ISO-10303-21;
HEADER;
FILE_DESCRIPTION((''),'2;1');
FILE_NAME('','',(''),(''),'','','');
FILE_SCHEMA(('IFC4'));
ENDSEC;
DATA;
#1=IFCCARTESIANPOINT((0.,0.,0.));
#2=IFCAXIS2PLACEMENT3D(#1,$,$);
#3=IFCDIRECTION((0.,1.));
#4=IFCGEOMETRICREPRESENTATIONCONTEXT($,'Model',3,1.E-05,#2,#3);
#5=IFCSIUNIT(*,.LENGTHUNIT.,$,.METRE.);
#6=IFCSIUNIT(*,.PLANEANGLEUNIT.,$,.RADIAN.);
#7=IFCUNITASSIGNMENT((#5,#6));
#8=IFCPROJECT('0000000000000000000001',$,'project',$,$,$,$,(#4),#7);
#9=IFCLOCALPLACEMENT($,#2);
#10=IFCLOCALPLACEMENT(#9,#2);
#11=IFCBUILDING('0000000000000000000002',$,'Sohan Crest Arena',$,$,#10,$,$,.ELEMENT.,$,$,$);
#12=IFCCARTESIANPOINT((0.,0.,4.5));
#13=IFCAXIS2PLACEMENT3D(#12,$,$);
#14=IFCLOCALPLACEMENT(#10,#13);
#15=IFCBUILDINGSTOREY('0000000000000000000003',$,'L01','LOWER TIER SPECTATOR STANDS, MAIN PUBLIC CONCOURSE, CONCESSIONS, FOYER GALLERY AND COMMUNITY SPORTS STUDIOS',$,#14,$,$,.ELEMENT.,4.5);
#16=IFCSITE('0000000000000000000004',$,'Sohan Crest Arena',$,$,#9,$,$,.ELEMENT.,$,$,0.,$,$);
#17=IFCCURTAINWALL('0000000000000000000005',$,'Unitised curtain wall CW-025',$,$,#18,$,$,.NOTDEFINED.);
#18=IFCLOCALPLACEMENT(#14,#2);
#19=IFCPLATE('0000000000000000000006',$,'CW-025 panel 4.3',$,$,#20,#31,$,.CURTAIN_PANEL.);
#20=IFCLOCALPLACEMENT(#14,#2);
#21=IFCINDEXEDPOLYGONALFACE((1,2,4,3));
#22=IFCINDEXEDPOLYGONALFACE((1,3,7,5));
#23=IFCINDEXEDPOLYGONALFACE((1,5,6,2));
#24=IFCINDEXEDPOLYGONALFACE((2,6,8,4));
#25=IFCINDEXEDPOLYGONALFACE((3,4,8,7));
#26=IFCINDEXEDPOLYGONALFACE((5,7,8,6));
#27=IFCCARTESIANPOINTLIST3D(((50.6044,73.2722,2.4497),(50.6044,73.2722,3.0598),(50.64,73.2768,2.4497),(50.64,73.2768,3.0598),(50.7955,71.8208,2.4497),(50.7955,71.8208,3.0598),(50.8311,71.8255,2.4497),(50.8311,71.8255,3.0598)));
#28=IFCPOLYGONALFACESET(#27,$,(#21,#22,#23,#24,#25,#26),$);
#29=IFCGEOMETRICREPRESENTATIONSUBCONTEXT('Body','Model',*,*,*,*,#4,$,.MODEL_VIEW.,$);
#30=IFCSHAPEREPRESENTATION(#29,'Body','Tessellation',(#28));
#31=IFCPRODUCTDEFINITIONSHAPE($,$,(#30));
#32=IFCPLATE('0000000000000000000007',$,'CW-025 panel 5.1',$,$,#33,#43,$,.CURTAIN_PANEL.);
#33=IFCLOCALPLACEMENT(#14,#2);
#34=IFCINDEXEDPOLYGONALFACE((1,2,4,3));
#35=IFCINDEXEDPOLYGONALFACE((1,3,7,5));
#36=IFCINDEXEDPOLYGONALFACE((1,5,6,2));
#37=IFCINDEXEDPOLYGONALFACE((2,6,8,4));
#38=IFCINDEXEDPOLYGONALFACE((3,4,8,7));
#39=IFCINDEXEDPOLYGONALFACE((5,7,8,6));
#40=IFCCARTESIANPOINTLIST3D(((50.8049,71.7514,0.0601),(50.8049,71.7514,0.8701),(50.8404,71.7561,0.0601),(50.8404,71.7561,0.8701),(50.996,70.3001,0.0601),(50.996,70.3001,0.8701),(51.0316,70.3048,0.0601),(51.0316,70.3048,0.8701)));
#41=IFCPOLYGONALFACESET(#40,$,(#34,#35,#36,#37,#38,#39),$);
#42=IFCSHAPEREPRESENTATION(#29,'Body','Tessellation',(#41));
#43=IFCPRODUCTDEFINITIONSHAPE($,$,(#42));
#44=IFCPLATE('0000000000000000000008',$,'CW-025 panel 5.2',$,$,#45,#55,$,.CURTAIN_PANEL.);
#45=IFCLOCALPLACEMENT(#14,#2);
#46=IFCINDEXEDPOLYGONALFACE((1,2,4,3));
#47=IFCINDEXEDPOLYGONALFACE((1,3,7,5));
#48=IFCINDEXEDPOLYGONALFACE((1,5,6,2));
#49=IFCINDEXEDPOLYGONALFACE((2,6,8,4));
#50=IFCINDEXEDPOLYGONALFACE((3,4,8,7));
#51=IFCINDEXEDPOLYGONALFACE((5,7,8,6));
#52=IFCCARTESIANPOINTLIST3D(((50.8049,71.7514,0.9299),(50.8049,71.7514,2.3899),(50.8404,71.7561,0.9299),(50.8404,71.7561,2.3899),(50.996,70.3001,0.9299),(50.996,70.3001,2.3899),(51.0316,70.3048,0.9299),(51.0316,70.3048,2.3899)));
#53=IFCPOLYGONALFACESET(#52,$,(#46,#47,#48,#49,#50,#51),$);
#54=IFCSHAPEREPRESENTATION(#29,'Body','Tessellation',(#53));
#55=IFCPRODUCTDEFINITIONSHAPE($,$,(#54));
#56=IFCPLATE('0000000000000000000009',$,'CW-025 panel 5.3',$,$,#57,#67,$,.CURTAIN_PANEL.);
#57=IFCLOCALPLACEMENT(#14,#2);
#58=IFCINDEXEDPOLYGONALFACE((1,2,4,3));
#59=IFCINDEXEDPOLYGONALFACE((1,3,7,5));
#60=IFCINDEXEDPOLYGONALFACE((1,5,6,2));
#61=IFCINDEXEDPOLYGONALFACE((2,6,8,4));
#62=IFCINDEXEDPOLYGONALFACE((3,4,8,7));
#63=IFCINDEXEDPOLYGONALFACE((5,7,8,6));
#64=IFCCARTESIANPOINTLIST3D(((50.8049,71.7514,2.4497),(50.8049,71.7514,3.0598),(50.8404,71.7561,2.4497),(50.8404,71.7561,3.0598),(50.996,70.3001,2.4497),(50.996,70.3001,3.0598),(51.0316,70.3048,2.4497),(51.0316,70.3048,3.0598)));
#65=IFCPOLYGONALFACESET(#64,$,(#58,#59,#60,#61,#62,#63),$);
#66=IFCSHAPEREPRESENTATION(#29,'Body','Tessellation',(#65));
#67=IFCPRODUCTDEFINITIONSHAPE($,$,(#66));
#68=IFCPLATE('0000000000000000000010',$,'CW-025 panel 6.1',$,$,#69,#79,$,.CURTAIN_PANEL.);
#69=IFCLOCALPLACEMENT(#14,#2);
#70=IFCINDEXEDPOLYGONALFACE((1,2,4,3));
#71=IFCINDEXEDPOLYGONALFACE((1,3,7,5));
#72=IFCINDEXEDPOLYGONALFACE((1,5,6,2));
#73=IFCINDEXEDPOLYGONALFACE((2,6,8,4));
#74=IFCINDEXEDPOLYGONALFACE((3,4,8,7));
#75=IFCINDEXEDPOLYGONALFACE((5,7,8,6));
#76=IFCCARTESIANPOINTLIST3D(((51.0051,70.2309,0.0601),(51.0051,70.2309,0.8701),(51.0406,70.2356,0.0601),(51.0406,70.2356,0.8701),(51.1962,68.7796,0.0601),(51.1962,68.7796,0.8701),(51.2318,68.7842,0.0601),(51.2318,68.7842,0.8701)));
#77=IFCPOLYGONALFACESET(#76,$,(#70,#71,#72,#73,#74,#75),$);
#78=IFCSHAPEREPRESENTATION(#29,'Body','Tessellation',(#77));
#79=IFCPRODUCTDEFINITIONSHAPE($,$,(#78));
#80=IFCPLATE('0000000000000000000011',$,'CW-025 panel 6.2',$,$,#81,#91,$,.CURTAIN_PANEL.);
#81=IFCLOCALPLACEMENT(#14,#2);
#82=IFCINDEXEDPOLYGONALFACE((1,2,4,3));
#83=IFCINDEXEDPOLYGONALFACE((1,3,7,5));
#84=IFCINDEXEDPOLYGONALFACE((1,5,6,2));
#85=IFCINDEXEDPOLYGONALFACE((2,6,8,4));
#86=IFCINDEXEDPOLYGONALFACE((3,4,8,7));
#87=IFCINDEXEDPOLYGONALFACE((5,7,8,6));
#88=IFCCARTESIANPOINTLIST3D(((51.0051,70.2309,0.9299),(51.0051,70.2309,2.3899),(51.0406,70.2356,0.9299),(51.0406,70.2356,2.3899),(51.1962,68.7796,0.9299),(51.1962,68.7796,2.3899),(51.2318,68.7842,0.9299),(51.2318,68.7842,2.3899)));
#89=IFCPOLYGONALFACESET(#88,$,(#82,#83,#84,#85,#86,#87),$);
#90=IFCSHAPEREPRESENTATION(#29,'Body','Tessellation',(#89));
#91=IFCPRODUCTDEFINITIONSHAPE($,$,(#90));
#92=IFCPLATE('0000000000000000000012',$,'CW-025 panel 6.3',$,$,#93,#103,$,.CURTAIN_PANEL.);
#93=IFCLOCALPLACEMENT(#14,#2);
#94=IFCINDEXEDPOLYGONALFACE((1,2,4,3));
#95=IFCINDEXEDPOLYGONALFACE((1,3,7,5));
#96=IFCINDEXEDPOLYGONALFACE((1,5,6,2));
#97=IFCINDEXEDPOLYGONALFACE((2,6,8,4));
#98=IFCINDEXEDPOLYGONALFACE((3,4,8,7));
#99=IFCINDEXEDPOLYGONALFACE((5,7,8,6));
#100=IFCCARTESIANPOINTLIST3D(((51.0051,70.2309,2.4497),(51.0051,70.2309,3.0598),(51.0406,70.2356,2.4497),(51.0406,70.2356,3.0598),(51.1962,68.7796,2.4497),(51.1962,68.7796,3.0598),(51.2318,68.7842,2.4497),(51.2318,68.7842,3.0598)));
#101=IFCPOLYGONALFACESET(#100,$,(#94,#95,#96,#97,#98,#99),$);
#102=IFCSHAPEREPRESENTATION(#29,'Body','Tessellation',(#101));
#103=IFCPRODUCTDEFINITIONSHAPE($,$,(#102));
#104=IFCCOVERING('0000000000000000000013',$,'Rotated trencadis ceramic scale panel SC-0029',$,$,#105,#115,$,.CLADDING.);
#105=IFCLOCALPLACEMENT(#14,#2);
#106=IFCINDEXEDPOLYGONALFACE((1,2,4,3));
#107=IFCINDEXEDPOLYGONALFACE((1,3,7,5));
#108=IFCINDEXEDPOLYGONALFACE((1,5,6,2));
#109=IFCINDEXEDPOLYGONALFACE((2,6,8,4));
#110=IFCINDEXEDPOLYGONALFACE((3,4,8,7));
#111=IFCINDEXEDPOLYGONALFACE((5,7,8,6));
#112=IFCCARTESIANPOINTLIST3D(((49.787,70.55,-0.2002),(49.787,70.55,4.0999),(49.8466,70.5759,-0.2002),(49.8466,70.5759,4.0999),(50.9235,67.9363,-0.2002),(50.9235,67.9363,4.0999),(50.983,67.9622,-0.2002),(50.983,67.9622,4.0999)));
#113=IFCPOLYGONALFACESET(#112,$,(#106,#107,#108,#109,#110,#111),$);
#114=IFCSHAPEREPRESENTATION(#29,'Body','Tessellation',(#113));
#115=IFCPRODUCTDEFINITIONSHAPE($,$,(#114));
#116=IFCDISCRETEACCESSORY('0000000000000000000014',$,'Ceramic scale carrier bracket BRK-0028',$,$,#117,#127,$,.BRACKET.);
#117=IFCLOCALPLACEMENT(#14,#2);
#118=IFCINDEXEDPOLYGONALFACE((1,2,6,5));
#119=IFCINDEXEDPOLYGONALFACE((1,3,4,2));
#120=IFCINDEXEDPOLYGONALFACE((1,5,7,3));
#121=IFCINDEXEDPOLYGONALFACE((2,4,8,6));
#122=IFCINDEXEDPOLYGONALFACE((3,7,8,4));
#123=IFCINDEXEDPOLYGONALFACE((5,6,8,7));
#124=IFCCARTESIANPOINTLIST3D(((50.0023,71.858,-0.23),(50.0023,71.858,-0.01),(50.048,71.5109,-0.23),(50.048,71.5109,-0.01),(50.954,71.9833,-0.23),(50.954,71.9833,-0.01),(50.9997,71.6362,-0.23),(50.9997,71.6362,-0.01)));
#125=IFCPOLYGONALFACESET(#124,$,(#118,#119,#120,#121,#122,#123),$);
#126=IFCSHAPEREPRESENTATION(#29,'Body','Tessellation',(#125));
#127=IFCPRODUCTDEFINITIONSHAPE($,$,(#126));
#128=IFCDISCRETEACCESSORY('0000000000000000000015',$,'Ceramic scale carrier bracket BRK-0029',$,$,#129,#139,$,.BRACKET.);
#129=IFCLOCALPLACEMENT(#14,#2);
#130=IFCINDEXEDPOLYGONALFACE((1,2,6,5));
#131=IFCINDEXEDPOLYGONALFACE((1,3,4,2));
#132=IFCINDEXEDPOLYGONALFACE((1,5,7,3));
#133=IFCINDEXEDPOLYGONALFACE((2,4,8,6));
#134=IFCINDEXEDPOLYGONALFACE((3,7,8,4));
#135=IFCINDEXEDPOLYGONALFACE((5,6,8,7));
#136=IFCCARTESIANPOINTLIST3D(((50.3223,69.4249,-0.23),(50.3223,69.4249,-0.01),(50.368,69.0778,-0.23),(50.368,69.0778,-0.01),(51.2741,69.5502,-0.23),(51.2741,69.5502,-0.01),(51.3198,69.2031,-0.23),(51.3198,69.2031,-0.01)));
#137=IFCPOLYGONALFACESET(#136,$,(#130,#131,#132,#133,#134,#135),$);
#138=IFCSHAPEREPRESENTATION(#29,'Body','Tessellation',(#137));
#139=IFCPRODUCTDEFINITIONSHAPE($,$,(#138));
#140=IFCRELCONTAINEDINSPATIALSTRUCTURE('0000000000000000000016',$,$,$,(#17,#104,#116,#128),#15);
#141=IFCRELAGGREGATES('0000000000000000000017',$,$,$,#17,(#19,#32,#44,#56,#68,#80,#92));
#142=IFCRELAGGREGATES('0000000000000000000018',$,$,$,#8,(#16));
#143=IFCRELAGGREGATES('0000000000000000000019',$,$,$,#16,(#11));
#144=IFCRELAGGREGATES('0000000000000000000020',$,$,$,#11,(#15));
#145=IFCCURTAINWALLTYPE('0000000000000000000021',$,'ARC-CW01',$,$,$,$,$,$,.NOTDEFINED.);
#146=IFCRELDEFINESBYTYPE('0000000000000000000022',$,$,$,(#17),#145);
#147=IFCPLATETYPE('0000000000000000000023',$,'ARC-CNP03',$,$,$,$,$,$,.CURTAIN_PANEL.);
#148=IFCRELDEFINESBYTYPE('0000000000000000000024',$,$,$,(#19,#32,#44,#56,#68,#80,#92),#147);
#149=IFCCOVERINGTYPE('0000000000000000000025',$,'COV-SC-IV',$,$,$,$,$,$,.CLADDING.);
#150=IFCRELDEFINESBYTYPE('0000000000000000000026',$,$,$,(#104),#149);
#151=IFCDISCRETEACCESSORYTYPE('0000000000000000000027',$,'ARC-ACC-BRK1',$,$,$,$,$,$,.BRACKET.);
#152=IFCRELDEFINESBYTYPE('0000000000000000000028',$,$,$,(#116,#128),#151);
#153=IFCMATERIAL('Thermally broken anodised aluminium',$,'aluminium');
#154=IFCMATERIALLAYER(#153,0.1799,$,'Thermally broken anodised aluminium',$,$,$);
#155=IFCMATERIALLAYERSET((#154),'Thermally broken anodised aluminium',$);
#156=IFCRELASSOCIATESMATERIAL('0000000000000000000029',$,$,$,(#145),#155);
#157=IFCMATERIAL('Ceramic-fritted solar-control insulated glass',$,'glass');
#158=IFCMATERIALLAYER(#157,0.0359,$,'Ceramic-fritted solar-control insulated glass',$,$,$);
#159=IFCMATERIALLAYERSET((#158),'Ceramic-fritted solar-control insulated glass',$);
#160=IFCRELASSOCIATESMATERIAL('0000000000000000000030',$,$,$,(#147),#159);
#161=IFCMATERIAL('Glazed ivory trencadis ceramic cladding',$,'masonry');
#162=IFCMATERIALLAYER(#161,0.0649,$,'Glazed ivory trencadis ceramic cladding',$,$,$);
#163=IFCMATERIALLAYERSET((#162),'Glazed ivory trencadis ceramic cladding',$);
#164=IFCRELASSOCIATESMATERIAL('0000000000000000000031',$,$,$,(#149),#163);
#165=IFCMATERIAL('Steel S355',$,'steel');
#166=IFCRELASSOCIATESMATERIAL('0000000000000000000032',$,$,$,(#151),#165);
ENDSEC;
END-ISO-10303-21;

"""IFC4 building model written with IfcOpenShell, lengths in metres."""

from ifc_helpers import new_model, si_unit, direction, frame, origin, origin_2d, place, context, subcontext, project, spatial, rectangle, extrude, material, layer, layer_set, type_object, element, aggregate, save


model = new_model("IFC4")

# Units and contexts
model_context = context("Model", 3, precision=1e-05, world=origin(), true_north=direction((0.0, 1.0)))
body_context = subcontext(model_context, "Body", "Model", "MODEL_VIEW")
ifc_project = project(units=[si_unit("LENGTHUNIT", "METRE"), si_unit("PLANEANGLEUNIT", "RADIAN")], contexts=[model_context])

# Site, building, storey
site_placement = place(None, origin())
site = spatial("IfcSite", under=ifc_project, at=site_placement, Name="Sohan Crest Arena", CompositionType="ELEMENT", RefElevation=0.0)
building_placement = place(site_placement, origin())
building = spatial("IfcBuilding", under=site, at=building_placement, Name="Sohan Crest Arena", CompositionType="ELEMENT")
storey_placement = place(building_placement, frame((0.0, 0.0, 4.5)))
storey = spatial("IfcBuildingStorey", under=building, at=storey_placement, Name="L01", Description="LOWER TIER SPECTATOR STANDS, MAIN PUBLIC CONCOURSE, CONCESSIONS, FOYER GALLERY AND COMMUNITY SPORTS STUDIOS", CompositionType="ELEMENT", Elevation=4.5)

# Curtain wall
ifc_material_1 = material(Name="Thermally broken anodised aluminium", Category="aluminium")
ifc_layer_1 = layer(ifc_material_1, 0.1799, Name="Thermally broken anodised aluminium")
ifc_layer_set_1 = layer_set([ifc_layer_1], Name="Thermally broken anodised aluminium")
curtain_wall_type_1 = type_object("IfcCurtainWallType", Name="ARC-CW01", PredefinedType="NOTDEFINED", material=ifc_layer_set_1)
curtain_wall_1_placement = place(storey_placement, origin())
curtain_wall_1 = element("IfcCurtainWall", 1, at=curtain_wall_1_placement, inside=storey, type_object=curtain_wall_type_1, Name="Unitised curtain wall CW-025", PredefinedType="NOTDEFINED")

# Plates
ifc_material_2 = material(Name="Ceramic-fritted solar-control insulated glass", Category="glass")
ifc_layer_2 = layer(ifc_material_2, 0.0359, Name="Ceramic-fritted solar-control insulated glass")
ifc_layer_set_2 = layer_set([ifc_layer_2], Name="Ceramic-fritted solar-control insulated glass")
plate_type_1 = type_object("IfcPlateType", Name="ARC-CNP03", PredefinedType="CURTAIN_PANEL", material=ifc_layer_set_2)
plate_1_placement = place(storey_placement, frame((50.7178, 72.5488, 2.4497), z_axis=(0.0, 0.0, 1.0), x_axis=(0.130562, -0.99144, 0.0)))
plate_1 = element("IfcPlate", 2, at=plate_1_placement, type_object=plate_type_1, Name="CW-025 panel 4.3", PredefinedType="CURTAIN_PANEL", context=body_context, shape_type="SweptSolid", body=[
    extrude(rectangle(XDim=1.4639, YDim=0.0359, at=origin_2d()), origin(), (0.0, 0.0, 1.0), 0.6101),
])
plate_2_placement = place(storey_placement, frame((50.9182, 71.0281, 0.0601), z_axis=(0.0, 0.0, 1.0), x_axis=(0.130562, -0.99144, 0.0)))
plate_2 = element("IfcPlate", 3, at=plate_2_placement, type_object=plate_type_1, Name="CW-025 panel 5.1", PredefinedType="CURTAIN_PANEL", context=body_context, shape_type="SweptSolid", body=[
    extrude(rectangle(XDim=1.4639, YDim=0.0359, at=origin_2d()), origin(), (0.0, 0.0, 1.0), 0.8101),
])
plate_3_placement = place(storey_placement, frame((50.9182, 71.0281, 0.9299), z_axis=(0.0, 0.0, 1.0), x_axis=(0.130562, -0.99144, 0.0)))
plate_3 = element("IfcPlate", 4, at=plate_3_placement, type_object=plate_type_1, Name="CW-025 panel 5.2", PredefinedType="CURTAIN_PANEL", context=body_context, shape_type="SweptSolid", body=[
    extrude(rectangle(XDim=1.4639, YDim=0.0359, at=origin_2d()), origin(), (0.0, 0.0, 1.0), 1.46),
])
plate_4_placement = place(storey_placement, frame((50.9182, 71.0281, 2.4497), z_axis=(0.0, 0.0, 1.0), x_axis=(0.130562, -0.99144, 0.0)))
plate_4 = element("IfcPlate", 5, at=plate_4_placement, type_object=plate_type_1, Name="CW-025 panel 5.3", PredefinedType="CURTAIN_PANEL", context=body_context, shape_type="SweptSolid", body=[
    extrude(rectangle(XDim=1.4639, YDim=0.0359, at=origin_2d()), origin(), (0.0, 0.0, 1.0), 0.6101),
])
plate_5_placement = place(storey_placement, frame((51.1184, 69.5076, 0.0601), z_axis=(0.0, 0.0, 1.0), x_axis=(0.130562, -0.99144, 0.0)))
plate_5 = element("IfcPlate", 6, at=plate_5_placement, type_object=plate_type_1, Name="CW-025 panel 6.1", PredefinedType="CURTAIN_PANEL", context=body_context, shape_type="SweptSolid", body=[
    extrude(rectangle(XDim=1.4639, YDim=0.0359, at=origin_2d()), origin(), (0.0, 0.0, 1.0), 0.8101),
])
plate_6_placement = place(storey_placement, frame((51.1184, 69.5076, 0.9299), z_axis=(0.0, 0.0, 1.0), x_axis=(0.130562, -0.99144, 0.0)))
plate_6 = element("IfcPlate", 7, at=plate_6_placement, type_object=plate_type_1, Name="CW-025 panel 6.2", PredefinedType="CURTAIN_PANEL", context=body_context, shape_type="SweptSolid", body=[
    extrude(rectangle(XDim=1.4639, YDim=0.0359, at=origin_2d()), origin(), (0.0, 0.0, 1.0), 1.46),
])
plate_7_placement = place(storey_placement, frame((51.1184, 69.5076, 2.4497), z_axis=(0.0, 0.0, 1.0), x_axis=(0.130562, -0.99144, 0.0)))
plate_7 = element("IfcPlate", 8, at=plate_7_placement, type_object=plate_type_1, Name="CW-025 panel 6.3", PredefinedType="CURTAIN_PANEL", context=body_context, shape_type="SweptSolid", body=[
    extrude(rectangle(XDim=1.4639, YDim=0.0359, at=origin_2d()), origin(), (0.0, 0.0, 1.0), 0.6101),
])
aggregate(curtain_wall_1, [plate_1, plate_2, plate_3, plate_4, plate_5, plate_6, plate_7])

# Covering
ifc_material_3 = material(Name="Glazed ivory trencadis ceramic cladding", Category="masonry")
ifc_layer_3 = layer(ifc_material_3, 0.0649, Name="Glazed ivory trencadis ceramic cladding")
ifc_layer_set_3 = layer_set([ifc_layer_3], Name="Glazed ivory trencadis ceramic cladding")
covering_type = type_object("IfcCoveringType", Name="COV-SC-IV", PredefinedType="CLADDING", material=ifc_layer_set_3)
covering_placement = place(storey_placement, frame((50.385, 69.2561, -0.2002), z_axis=(0.0, 0.0, 1.0), x_axis=(0.398749, -0.91706, 0.0)))
element("IfcCovering", 9, at=covering_placement, inside=storey, type_object=covering_type, Name="Rotated trencadis ceramic scale panel SC-0029", PredefinedType="CLADDING", context=body_context, shape_type="SweptSolid", body=[
    extrude(rectangle(XDim=2.8501, YDim=0.0649, at=origin_2d()), origin(), (0.0, 0.0, 1.0), 4.3),
])

# Discrete accessories
ifc_material_4 = material(Name="Steel S355", Category="steel")
discrete_accessory_type = type_object("IfcDiscreteAccessoryType", Name="ARC-ACC-BRK1", PredefinedType="BRACKET", material=ifc_material_4)
for number, where, z_axis, x_axis, name in (
    (10, (50.501, 71.7471, -0.23), (0.0, 0.0, 1.0), (0.130526, -0.991445, 0.0), "Ceramic scale carrier bracket BRK-0028"),
    (11, (50.821, 69.314, -0.23), (0.0, 0.0, 1.0), (0.130526, -0.991445, 0.0), "Ceramic scale carrier bracket BRK-0029"),
):
    element("IfcDiscreteAccessory", number, at=place(storey_placement, frame(where, z_axis=z_axis, x_axis=x_axis)), inside=storey, type_object=discrete_accessory_type, Name=name, PredefinedType="BRACKET", context=body_context, shape_type="SweptSolid", body=[
        extrude(rectangle(XDim=0.3501, YDim=0.96, at=origin_2d()), origin(), (0.0, 0.0, 1.0), 0.22),
    ])

save(model, "model.ifc")
